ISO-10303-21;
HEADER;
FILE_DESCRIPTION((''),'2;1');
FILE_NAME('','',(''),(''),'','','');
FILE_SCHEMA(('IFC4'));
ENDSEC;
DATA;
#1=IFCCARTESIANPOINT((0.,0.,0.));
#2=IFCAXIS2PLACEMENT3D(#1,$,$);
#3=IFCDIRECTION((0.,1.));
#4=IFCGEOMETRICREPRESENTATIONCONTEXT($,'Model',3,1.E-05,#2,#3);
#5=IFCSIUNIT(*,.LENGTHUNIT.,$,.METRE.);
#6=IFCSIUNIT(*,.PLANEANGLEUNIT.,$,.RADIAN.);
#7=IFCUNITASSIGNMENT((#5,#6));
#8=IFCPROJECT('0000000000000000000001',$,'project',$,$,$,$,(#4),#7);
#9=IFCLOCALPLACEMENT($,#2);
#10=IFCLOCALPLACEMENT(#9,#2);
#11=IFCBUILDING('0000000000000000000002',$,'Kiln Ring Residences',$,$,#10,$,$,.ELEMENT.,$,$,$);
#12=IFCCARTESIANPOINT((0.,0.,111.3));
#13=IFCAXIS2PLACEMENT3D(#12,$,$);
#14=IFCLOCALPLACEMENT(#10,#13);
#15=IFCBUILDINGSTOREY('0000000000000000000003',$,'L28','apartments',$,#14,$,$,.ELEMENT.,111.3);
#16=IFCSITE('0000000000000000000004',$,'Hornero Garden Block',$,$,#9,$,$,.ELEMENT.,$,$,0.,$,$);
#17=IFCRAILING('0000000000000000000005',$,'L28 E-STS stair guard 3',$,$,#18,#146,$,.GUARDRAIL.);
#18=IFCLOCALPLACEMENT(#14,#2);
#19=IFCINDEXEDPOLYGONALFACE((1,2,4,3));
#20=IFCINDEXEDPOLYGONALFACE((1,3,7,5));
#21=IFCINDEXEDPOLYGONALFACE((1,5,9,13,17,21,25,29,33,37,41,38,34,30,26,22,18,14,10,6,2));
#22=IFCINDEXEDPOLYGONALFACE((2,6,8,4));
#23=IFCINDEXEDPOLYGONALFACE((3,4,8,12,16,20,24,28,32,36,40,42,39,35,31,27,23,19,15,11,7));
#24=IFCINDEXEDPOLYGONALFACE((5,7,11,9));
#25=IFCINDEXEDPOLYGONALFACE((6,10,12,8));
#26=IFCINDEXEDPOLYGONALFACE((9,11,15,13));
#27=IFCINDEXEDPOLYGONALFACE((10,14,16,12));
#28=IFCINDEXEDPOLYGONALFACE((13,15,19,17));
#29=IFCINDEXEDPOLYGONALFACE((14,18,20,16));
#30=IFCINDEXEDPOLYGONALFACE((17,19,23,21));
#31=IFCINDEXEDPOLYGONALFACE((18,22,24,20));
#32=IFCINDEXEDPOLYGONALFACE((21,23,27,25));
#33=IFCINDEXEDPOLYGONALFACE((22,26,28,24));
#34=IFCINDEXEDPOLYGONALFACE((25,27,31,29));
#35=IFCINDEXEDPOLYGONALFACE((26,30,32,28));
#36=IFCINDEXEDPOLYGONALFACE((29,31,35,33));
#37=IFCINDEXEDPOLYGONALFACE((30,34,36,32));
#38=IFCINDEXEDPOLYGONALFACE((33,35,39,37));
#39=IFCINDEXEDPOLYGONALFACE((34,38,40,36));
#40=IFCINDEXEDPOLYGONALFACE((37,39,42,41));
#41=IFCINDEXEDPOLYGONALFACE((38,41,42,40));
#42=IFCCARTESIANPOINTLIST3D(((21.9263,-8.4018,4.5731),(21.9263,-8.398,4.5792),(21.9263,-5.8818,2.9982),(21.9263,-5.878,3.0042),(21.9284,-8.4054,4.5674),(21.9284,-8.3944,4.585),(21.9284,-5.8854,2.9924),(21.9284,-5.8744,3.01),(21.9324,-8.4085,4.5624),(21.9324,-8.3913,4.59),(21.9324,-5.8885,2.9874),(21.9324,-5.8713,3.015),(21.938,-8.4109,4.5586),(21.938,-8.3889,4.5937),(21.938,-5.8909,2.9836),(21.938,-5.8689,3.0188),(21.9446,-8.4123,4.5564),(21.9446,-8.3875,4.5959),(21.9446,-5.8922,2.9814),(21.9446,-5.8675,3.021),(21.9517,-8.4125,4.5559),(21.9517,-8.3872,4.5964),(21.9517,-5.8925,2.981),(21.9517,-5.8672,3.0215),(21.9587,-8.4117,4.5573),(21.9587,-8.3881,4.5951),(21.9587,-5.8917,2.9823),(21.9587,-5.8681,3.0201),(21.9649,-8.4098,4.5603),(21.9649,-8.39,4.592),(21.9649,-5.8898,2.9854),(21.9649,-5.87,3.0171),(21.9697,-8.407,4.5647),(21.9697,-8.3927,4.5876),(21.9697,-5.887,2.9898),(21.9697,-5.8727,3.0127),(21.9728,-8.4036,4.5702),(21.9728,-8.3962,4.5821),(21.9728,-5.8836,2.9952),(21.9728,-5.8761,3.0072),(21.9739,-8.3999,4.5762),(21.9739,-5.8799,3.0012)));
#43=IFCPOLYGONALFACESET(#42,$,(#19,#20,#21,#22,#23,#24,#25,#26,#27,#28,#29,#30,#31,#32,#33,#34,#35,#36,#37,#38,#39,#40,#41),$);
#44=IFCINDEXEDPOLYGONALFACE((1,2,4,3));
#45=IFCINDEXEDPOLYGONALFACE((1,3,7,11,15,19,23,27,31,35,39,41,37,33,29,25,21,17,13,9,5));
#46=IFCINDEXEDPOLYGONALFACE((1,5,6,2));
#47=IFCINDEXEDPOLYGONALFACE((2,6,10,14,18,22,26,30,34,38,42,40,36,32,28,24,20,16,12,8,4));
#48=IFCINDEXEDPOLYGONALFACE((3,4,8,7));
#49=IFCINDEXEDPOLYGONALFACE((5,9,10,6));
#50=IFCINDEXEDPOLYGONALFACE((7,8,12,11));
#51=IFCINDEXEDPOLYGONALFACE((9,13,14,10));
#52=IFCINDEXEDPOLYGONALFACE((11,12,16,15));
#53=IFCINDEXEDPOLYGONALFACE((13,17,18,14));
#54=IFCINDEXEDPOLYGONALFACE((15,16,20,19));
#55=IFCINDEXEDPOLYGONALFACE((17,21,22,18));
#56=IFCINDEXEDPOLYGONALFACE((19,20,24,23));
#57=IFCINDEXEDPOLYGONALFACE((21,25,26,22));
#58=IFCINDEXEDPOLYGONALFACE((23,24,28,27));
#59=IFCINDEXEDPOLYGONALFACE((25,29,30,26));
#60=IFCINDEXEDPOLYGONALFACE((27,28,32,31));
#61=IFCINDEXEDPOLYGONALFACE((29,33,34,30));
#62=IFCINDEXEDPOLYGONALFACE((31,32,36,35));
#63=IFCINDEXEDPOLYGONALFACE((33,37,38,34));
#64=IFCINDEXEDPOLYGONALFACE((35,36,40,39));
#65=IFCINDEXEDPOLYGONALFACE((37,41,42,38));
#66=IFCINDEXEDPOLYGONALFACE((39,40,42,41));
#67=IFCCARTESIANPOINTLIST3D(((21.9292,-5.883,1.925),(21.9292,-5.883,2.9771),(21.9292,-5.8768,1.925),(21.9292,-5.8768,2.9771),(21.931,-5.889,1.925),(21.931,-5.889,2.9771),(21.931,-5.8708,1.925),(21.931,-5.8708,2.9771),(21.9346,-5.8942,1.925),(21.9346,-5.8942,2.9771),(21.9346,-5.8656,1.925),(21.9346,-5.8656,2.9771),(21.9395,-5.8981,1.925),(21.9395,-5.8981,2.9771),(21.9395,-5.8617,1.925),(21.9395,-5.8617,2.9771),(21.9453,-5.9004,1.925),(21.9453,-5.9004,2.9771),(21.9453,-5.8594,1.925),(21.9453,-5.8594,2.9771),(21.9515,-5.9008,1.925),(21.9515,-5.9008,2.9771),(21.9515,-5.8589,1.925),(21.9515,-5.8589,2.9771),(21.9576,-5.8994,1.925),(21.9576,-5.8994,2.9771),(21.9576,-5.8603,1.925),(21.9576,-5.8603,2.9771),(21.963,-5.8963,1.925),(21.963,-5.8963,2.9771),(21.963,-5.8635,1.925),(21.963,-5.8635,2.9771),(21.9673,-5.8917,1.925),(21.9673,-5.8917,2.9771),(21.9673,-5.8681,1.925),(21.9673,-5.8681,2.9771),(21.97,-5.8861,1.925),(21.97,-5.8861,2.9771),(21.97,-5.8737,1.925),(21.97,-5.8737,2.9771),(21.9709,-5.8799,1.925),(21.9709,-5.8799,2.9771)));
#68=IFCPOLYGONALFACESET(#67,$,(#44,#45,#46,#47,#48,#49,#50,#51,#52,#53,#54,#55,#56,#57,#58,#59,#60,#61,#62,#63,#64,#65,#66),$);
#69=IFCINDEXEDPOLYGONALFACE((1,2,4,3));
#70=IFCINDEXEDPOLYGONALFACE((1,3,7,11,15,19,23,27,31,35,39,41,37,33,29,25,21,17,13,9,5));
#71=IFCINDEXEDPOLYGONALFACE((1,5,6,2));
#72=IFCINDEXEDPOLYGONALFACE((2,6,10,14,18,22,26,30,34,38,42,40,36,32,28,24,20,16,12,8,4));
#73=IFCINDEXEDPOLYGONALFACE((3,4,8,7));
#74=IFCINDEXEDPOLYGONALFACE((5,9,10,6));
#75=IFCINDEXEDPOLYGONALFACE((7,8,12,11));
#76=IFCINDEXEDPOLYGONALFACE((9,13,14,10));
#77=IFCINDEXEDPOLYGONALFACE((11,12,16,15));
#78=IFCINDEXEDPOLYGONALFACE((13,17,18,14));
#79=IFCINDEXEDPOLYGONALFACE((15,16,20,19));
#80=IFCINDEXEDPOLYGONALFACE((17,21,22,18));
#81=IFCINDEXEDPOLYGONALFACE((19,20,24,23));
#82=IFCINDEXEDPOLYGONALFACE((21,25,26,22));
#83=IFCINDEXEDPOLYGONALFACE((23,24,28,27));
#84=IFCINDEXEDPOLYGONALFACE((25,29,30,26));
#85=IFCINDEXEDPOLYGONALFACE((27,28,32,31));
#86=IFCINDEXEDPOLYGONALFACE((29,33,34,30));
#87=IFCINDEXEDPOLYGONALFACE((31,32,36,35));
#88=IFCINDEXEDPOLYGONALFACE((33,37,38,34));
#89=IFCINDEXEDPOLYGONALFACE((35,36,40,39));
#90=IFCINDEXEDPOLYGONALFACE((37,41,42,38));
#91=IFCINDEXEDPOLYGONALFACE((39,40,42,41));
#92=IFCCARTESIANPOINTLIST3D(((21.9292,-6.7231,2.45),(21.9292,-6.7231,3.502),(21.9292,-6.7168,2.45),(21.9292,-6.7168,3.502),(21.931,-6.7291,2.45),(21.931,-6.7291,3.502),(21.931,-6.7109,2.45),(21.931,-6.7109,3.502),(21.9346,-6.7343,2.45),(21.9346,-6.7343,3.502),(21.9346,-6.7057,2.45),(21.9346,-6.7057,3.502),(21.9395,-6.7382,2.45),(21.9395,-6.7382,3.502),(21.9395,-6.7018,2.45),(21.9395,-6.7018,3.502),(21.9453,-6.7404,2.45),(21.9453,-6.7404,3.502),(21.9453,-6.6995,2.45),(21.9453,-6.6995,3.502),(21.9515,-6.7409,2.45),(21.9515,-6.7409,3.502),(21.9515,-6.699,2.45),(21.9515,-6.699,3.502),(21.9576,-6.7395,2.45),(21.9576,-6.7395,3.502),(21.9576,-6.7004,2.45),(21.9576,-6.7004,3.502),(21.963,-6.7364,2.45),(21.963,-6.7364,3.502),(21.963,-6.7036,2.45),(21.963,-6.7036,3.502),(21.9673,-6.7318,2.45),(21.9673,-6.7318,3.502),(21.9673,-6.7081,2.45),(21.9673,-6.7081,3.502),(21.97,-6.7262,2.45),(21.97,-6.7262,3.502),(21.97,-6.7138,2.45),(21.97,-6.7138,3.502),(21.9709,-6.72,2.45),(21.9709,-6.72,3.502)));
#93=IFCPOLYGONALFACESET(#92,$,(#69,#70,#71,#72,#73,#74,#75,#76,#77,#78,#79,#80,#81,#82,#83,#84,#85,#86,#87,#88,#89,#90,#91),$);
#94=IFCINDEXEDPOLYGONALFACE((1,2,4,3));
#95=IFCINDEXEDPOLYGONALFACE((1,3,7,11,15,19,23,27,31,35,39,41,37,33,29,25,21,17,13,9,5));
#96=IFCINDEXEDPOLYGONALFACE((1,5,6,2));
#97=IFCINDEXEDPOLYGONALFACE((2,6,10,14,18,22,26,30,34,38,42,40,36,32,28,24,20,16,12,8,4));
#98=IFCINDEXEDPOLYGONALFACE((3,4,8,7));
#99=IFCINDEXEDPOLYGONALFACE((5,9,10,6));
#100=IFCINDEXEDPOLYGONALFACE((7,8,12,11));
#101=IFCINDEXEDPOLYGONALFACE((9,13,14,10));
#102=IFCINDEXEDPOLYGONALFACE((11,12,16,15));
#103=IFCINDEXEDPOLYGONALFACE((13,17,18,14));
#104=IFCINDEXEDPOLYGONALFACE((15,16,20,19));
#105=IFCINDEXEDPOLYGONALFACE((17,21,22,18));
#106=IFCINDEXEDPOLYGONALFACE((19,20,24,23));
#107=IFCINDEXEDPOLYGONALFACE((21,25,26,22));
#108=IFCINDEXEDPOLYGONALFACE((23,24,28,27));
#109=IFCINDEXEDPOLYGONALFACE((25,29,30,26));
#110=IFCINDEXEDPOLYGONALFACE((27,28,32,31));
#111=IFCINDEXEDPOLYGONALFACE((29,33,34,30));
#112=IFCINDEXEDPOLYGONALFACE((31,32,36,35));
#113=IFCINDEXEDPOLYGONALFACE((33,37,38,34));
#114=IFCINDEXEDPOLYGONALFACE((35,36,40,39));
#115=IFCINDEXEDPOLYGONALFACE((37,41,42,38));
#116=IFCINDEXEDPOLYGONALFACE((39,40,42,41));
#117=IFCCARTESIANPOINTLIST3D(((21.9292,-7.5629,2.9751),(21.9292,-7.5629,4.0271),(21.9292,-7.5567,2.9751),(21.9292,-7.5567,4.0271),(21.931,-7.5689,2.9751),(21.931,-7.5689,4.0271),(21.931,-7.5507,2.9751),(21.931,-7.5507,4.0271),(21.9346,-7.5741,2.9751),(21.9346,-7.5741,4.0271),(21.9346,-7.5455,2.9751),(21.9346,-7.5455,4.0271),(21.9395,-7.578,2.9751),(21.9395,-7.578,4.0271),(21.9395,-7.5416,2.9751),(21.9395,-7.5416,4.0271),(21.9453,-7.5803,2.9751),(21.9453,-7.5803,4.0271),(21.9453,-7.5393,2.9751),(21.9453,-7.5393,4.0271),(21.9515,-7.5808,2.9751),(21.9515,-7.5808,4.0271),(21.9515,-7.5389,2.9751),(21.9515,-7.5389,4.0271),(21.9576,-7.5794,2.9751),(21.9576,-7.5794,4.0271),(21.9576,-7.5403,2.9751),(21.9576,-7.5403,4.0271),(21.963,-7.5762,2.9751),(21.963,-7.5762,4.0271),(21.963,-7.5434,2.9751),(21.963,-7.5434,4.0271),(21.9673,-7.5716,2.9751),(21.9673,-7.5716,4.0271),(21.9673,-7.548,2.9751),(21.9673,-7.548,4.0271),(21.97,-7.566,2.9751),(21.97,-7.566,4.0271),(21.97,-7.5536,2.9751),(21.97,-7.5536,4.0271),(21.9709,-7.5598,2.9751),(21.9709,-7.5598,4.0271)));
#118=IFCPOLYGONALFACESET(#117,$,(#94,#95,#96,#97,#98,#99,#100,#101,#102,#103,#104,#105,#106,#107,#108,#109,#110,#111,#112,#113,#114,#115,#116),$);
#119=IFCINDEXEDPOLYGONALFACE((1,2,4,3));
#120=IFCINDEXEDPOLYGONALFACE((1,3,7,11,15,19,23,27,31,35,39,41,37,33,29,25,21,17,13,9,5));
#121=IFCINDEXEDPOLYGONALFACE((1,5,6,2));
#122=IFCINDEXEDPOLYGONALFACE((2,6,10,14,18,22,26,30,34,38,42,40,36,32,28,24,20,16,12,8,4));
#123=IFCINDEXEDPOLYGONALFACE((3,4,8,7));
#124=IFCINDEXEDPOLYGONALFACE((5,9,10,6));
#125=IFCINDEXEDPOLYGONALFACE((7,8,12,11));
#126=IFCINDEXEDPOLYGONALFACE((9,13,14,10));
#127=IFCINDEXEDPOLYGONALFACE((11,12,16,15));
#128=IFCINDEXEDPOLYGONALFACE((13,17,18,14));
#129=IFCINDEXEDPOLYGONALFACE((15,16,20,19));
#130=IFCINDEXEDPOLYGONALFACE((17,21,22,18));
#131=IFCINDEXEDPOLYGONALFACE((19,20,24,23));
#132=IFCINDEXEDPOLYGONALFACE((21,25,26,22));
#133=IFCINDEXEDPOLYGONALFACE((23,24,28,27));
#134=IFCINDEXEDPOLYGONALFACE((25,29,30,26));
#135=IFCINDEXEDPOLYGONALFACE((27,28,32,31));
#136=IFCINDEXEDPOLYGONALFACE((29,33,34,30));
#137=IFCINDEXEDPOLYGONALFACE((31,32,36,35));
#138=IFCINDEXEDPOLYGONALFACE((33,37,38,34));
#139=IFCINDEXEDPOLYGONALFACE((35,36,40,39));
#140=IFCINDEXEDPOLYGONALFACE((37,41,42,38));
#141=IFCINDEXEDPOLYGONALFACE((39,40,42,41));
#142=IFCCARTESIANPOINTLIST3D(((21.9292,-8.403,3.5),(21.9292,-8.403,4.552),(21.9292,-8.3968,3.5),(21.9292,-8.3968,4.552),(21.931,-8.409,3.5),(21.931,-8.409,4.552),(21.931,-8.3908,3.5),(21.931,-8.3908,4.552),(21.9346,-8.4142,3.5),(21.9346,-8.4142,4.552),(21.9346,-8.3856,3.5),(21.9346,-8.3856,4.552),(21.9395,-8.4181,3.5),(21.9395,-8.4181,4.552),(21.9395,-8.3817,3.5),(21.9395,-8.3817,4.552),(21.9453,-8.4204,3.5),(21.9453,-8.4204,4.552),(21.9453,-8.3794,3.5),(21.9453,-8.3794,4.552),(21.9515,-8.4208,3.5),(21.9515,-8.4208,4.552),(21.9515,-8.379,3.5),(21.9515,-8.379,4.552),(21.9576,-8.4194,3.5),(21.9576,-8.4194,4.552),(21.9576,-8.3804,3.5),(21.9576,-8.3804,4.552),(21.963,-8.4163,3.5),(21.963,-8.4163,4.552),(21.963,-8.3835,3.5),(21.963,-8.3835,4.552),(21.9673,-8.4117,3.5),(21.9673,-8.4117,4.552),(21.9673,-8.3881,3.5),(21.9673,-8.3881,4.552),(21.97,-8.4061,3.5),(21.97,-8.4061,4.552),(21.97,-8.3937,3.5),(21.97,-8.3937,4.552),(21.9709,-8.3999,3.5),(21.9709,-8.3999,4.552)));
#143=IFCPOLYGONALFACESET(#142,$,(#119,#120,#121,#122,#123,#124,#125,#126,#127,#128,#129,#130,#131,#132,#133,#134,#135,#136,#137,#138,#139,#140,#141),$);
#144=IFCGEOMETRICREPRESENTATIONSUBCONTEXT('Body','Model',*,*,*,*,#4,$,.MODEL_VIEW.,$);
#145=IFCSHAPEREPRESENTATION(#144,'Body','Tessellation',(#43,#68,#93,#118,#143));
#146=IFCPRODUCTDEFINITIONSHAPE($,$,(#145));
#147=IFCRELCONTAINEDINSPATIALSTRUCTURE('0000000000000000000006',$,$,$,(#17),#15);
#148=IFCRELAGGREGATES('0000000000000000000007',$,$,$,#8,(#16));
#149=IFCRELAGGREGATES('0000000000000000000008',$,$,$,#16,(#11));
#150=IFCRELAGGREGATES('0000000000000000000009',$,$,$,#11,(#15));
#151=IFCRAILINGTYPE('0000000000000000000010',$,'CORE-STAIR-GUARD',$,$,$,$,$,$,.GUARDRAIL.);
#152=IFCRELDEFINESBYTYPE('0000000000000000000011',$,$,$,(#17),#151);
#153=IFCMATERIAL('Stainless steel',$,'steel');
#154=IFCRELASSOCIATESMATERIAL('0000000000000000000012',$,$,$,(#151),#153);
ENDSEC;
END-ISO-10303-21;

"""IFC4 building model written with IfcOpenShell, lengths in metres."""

from ifc_helpers import new_model, si_unit, direction, frame, origin, origin_2d, place, context, subcontext, project, spatial, circle, extrude, material, type_object, element, save


model = new_model("IFC4")

# Units and contexts
model_context = context("Model", 3, precision=1e-05, world=origin(), true_north=direction((0.0, 1.0)))
body_context = subcontext(model_context, "Body", "Model", "MODEL_VIEW")
ifc_project = project(units=[si_unit("LENGTHUNIT", "METRE"), si_unit("PLANEANGLEUNIT", "RADIAN")], contexts=[model_context])

# Site, building, storey
site_placement = place(None, origin())
site = spatial("IfcSite", under=ifc_project, at=site_placement, Name="Hornero Garden Block", CompositionType="ELEMENT", RefElevation=0.0)
building_placement = place(site_placement, origin())
building = spatial("IfcBuilding", under=site, at=building_placement, Name="Kiln Ring Residences", CompositionType="ELEMENT")
storey_placement = place(building_placement, frame((0.0, 0.0, 111.3)))
storey = spatial("IfcBuildingStorey", under=building, at=storey_placement, Name="L28", Description="apartments", CompositionType="ELEMENT", Elevation=111.3)

# Railing
ifc_material_1 = material(Name="Stainless steel", Category="steel")
railing_type_1 = type_object("IfcRailingType", Name="CORE-STAIR-GUARD", PredefinedType="GUARDRAIL", material=ifc_material_1)
railing_1_placement = place(storey_placement, frame((21.95, -5.8799, 1.925)))
element("IfcRailing", 1, at=railing_1_placement, inside=storey, type_object=railing_type_1, Name="L28 E-STS stair guard 3", PredefinedType="GUARDRAIL", context=body_context, shape_type="SweptSolid", body=[
    extrude(circle(Radius=0.0239, at=origin_2d()), frame((0.0, 0.0, 1.0762), z_axis=(0.0, -0.848008, 0.529984), x_axis=(1.0, 0.0, 0.0)), (0.0, 0.0, 1.0), 2.9717),
    extrude(circle(Radius=0.021, at=origin_2d()), origin(), (0.0, 0.0, 1.0), 1.052),
    extrude(circle(Radius=0.021, at=origin_2d()), frame((0.0, -0.8401, 0.5249)), (0.0, 0.0, 1.0), 1.052),
    extrude(circle(Radius=0.021, at=origin_2d()), frame((0.0, -1.6799, 1.05)), (0.0, 0.0, 1.0), 1.052),
    extrude(circle(Radius=0.021, at=origin_2d()), frame((0.0, -2.52, 1.575)), (0.0, 0.0, 1.0), 1.052),
])

save(model, "model.ifc")
